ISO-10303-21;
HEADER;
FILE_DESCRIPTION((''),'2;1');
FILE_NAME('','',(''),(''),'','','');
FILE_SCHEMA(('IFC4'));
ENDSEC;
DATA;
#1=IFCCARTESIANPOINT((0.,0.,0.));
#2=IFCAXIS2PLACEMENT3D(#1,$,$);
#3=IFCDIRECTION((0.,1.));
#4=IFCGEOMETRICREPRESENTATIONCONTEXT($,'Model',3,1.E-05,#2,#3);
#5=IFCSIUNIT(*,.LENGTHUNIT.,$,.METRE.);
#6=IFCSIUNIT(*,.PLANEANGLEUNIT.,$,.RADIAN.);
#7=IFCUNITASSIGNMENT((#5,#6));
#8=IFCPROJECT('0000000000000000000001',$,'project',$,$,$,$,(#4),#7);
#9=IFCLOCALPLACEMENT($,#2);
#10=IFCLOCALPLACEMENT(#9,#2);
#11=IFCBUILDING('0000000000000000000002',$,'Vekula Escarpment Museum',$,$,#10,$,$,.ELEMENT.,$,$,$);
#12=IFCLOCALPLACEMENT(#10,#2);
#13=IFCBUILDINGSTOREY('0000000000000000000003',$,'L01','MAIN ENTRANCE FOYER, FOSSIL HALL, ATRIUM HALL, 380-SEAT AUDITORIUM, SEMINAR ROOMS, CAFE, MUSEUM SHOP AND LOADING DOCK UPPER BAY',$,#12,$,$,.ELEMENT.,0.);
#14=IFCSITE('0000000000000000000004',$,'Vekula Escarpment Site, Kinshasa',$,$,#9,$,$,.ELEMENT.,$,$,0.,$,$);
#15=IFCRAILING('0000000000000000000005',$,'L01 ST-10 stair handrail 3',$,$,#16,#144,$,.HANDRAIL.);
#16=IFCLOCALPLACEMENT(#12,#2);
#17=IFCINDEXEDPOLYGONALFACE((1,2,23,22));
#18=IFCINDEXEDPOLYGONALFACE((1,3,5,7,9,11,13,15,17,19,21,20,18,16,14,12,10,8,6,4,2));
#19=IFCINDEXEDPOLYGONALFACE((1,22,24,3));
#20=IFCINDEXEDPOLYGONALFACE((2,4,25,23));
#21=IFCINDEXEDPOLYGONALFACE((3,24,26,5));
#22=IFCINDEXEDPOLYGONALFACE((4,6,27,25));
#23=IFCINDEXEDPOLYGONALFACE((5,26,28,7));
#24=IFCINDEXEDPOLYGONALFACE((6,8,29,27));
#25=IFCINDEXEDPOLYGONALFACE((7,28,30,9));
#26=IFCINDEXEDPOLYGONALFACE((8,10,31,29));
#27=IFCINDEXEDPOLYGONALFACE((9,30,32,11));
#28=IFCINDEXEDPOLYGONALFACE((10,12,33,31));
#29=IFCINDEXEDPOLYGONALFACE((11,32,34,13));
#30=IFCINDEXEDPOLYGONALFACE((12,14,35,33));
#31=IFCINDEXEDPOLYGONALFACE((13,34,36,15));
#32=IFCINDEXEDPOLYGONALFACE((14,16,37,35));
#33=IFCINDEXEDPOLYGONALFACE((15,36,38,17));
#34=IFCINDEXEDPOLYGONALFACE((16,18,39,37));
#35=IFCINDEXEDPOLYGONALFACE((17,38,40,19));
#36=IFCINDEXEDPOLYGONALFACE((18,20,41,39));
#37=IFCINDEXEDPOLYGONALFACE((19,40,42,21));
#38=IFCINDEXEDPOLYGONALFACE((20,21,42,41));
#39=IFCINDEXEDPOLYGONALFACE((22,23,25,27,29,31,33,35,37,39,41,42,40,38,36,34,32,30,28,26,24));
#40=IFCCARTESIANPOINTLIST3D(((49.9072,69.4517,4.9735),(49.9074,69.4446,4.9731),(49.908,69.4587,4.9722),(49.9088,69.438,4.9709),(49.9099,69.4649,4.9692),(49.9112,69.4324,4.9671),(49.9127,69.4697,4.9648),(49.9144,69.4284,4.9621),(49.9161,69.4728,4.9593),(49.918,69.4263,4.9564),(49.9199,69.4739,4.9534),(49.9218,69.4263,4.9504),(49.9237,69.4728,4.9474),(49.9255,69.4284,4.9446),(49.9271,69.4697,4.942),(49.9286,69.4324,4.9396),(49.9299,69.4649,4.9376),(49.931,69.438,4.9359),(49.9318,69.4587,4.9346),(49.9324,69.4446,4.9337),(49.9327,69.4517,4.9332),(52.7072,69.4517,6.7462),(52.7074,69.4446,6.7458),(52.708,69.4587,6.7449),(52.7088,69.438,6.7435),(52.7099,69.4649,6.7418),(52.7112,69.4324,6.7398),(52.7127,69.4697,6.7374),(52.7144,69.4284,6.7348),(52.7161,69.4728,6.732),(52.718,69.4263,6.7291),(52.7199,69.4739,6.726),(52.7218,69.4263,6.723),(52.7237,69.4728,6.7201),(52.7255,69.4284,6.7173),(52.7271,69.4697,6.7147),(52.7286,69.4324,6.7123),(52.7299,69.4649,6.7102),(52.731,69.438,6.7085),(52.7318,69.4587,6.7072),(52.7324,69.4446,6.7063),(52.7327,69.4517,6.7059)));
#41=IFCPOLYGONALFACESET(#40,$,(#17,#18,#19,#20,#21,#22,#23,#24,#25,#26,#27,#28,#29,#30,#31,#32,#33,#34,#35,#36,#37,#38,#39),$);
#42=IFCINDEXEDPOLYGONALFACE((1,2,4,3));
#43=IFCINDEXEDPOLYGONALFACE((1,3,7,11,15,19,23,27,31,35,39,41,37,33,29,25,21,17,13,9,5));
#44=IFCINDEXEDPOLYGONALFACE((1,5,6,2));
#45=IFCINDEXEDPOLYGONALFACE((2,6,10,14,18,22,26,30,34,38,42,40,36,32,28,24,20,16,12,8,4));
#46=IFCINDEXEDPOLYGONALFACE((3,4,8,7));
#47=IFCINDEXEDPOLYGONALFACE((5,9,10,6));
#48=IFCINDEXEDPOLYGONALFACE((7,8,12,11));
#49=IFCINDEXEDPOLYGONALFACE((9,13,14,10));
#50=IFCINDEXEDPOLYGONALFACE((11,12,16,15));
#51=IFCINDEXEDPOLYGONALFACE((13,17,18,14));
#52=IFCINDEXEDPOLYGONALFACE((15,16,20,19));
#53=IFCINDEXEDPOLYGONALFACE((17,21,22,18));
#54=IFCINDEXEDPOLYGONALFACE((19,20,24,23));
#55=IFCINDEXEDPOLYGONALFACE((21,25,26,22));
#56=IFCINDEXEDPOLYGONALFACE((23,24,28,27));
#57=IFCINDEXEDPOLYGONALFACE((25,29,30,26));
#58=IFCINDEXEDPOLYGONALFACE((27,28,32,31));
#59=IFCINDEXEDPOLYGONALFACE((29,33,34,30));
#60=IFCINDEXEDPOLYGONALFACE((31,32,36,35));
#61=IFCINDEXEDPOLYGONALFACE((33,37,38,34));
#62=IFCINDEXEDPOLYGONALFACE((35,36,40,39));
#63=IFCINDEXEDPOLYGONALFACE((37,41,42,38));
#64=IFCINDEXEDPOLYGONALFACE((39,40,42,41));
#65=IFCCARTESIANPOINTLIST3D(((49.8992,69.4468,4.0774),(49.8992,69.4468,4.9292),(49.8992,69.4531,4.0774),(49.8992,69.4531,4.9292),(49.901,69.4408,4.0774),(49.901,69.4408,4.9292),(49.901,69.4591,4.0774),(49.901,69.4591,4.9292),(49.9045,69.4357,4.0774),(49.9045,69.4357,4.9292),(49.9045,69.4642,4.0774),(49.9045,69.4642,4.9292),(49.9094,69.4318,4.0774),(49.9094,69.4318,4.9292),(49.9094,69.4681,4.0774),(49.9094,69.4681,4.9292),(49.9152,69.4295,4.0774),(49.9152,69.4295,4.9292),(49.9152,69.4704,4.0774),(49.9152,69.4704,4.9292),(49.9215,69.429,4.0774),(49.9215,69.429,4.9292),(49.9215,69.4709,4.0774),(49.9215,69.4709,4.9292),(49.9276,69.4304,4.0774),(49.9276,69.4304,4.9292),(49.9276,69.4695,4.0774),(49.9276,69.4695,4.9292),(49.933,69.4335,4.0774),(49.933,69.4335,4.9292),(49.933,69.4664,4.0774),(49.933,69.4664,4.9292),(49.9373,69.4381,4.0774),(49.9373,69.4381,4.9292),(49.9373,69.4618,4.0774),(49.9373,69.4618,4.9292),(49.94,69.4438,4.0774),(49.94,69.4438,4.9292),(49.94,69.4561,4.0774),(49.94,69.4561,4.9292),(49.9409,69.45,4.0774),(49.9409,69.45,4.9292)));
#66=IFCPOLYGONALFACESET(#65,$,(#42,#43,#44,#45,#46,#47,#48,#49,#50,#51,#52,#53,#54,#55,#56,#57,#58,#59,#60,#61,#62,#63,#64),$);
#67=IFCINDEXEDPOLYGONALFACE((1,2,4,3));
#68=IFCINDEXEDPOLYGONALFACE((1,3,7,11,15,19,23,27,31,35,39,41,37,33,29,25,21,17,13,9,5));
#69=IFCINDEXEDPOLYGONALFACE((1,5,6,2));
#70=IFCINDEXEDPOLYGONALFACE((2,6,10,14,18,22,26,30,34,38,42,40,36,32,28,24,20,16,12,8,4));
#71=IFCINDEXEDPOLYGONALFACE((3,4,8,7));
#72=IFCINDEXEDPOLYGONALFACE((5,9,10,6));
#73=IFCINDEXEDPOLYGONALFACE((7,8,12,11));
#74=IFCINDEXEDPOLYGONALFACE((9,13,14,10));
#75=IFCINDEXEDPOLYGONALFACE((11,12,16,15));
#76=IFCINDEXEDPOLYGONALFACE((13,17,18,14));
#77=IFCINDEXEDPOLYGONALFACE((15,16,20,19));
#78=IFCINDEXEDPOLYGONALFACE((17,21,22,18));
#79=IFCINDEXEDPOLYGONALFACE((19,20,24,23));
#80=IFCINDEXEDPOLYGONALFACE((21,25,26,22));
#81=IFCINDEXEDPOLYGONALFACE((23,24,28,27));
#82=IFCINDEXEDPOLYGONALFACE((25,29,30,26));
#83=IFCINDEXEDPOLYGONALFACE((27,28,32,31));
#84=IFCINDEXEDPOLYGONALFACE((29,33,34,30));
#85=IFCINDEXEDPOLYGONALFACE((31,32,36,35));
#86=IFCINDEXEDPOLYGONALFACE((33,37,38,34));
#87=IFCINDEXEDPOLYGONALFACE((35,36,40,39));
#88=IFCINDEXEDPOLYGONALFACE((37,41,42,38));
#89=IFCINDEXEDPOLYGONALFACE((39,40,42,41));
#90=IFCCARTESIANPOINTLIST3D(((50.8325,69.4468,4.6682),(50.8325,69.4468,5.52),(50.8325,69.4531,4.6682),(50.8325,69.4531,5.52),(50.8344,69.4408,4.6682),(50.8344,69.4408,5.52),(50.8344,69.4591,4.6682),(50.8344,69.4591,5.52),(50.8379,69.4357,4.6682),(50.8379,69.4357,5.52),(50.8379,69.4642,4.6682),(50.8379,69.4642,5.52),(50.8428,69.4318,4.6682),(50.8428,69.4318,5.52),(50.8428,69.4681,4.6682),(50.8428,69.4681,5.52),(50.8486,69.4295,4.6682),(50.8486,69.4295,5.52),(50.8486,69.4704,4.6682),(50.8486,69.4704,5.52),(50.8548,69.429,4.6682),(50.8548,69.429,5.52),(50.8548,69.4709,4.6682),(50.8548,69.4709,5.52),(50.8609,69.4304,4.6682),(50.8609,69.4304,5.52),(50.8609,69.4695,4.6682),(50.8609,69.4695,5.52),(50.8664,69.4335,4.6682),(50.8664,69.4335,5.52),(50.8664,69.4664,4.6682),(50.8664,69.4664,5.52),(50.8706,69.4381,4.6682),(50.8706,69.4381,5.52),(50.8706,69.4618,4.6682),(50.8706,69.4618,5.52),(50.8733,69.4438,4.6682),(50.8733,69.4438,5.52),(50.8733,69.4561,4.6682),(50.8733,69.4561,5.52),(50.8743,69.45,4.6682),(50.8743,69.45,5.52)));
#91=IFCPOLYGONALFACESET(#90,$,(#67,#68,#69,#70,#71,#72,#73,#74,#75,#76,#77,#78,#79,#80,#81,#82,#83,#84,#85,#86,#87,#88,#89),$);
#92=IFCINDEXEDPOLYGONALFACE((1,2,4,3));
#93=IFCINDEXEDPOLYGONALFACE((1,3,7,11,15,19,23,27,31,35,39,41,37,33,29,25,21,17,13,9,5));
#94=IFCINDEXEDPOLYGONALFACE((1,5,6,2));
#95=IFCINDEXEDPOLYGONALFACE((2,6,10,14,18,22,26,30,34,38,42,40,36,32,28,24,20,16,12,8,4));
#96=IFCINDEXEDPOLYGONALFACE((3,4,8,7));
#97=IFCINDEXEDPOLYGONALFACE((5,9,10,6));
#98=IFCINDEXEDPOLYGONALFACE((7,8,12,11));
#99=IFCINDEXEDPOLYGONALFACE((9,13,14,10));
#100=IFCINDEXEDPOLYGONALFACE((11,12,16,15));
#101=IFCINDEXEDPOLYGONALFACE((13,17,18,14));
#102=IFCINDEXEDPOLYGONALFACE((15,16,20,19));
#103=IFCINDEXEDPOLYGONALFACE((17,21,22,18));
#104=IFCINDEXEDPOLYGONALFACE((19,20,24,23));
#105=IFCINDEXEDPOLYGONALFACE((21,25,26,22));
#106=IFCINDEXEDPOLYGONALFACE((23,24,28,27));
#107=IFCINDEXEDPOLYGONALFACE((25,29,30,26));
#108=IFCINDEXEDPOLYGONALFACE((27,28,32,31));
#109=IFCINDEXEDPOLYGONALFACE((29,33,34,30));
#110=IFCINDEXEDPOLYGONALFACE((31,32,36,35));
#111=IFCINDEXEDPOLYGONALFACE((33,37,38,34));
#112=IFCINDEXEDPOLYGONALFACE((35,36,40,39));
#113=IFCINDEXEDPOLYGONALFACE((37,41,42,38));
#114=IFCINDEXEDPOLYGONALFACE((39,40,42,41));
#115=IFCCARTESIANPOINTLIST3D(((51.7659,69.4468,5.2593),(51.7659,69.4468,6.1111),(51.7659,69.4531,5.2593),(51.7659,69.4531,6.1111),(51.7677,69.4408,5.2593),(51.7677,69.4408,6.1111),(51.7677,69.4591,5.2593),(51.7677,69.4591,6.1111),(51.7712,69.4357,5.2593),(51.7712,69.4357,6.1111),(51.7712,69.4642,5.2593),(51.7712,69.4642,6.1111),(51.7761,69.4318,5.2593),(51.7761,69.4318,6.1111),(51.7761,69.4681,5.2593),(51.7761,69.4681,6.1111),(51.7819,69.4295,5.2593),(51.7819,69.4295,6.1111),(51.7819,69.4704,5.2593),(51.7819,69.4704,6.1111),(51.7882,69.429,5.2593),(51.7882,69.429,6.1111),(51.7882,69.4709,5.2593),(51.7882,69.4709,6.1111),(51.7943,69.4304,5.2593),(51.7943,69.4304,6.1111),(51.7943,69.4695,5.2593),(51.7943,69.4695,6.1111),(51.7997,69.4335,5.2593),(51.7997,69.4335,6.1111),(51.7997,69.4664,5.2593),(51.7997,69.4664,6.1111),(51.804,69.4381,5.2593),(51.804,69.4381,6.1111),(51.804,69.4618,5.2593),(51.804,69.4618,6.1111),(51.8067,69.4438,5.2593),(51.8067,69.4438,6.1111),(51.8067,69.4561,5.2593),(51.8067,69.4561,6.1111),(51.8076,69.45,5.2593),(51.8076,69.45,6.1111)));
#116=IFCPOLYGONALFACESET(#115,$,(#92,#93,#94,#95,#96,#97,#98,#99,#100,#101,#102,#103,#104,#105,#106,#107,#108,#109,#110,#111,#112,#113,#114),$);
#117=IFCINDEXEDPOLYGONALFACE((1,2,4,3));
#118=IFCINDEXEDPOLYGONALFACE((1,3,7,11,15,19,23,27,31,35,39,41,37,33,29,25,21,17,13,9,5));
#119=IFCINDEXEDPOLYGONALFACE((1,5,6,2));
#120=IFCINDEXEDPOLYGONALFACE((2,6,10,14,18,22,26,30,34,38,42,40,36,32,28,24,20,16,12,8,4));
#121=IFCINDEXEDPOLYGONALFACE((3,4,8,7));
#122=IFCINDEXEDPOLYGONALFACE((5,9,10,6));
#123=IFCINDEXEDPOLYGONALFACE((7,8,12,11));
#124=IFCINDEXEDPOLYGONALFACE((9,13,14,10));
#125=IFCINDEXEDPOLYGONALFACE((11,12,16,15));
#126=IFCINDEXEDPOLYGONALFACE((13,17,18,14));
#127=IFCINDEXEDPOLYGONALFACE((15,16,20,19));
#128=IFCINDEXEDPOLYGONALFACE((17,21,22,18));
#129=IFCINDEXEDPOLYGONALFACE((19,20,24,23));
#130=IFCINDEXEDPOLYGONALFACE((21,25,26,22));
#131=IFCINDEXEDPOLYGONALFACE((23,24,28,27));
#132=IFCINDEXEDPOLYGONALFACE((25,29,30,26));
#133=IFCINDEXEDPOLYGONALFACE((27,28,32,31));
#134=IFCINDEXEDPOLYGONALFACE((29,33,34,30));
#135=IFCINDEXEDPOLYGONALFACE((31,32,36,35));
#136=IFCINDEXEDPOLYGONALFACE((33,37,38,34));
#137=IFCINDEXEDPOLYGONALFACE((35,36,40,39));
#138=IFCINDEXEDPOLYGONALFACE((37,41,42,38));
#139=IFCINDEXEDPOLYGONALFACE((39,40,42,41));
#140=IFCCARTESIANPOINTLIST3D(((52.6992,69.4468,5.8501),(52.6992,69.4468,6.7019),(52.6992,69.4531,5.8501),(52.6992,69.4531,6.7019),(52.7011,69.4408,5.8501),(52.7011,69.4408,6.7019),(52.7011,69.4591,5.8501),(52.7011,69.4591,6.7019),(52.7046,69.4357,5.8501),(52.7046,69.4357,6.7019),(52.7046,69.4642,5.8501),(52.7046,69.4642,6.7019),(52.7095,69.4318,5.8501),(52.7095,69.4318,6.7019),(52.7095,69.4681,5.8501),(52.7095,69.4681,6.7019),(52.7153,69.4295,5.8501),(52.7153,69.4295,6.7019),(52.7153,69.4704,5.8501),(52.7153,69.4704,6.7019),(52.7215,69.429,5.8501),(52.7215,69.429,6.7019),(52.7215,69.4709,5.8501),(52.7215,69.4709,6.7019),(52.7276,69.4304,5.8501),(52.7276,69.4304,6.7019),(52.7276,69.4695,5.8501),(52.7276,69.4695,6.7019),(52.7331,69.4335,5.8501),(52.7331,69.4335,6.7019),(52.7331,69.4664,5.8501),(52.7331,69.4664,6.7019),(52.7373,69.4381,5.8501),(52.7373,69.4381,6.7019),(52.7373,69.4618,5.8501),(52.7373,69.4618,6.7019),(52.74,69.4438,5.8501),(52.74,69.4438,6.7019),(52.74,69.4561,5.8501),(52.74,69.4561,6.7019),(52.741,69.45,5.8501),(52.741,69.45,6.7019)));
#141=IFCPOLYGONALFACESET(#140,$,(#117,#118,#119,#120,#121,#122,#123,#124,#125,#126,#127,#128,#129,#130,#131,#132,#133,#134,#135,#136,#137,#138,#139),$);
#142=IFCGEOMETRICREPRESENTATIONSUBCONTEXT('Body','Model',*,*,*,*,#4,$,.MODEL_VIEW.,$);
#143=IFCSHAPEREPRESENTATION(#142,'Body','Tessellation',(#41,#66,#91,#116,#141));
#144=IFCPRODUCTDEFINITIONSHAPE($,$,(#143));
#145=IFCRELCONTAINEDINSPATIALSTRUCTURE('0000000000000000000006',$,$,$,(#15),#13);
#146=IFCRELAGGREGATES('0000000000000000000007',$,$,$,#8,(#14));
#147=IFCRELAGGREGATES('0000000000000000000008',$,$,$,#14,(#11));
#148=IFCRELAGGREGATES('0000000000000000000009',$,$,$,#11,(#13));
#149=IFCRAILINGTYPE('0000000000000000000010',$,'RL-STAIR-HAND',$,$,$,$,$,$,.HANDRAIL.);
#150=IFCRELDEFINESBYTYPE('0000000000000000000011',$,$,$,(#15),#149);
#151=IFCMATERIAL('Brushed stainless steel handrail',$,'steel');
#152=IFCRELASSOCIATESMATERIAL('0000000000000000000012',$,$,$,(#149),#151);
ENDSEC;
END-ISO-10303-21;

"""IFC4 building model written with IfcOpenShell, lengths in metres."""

from ifc_helpers import new_model, si_unit, direction, frame, origin, origin_2d, place, context, subcontext, project, spatial, circle, extrude, material, type_object, element, save


model = new_model("IFC4")

# Units and contexts
model_context = context("Model", 3, precision=1e-05, world=origin(), true_north=direction((0.0, 1.0)))
body_context = subcontext(model_context, "Body", "Model", "MODEL_VIEW")
ifc_project = project(units=[si_unit("LENGTHUNIT", "METRE"), si_unit("PLANEANGLEUNIT", "RADIAN")], contexts=[model_context])

# Site, building, storey
site_placement = place(None, origin())
site = spatial("IfcSite", under=ifc_project, at=site_placement, Name="Vekula Escarpment Site, Kinshasa", CompositionType="ELEMENT", RefElevation=0.0)
building_placement = place(site_placement, origin())
building = spatial("IfcBuilding", under=site, at=building_placement, Name="Vekula Escarpment Museum", CompositionType="ELEMENT")
storey_placement = place(building_placement, origin())
storey = spatial("IfcBuildingStorey", under=building, at=storey_placement, Name="L01", Description="MAIN ENTRANCE FOYER, FOSSIL HALL, ATRIUM HALL, 380-SEAT AUDITORIUM, SEMINAR ROOMS, CAFE, MUSEUM SHOP AND LOADING DOCK UPPER BAY", CompositionType="ELEMENT", Elevation=0.0)

# Railing
ifc_material_1 = material(Name="Brushed stainless steel handrail", Category="steel")
railing_type_1 = type_object("IfcRailingType", Name="RL-STAIR-HAND", PredefinedType="HANDRAIL", material=ifc_material_1)
for number, where, name in (
    (1, (49.9199, 69.45, 4.0774), "L01 ST-10 stair handrail 3"),
):
    element("IfcRailing", number, at=place(storey_placement, frame(where)), inside=storey, type_object=railing_type_1, Name=name, PredefinedType="HANDRAIL", context=body_context, shape_type="SweptSolid", body=[
        extrude(circle(Radius=0.0239, at=origin_2d()), frame((0.0, 0.0, 0.876), z_axis=(0.844909, 0.0, 0.53491), x_axis=(0.0, 1.0, 0.0)), (0.0, 0.0, 1.0), 3.314),
        extrude(circle(Radius=0.021, at=origin_2d()), origin(), (0.0, 0.0, 1.0), 0.8518),
        extrude(circle(Radius=0.021, at=origin_2d()), frame((0.9333, 0.0, 0.5908)), (0.0, 0.0, 1.0), 0.8518),
        extrude(circle(Radius=0.021, at=origin_2d()), frame((1.8667, 0.0, 1.1819)), (0.0, 0.0, 1.0), 0.8518),
        extrude(circle(Radius=0.021, at=origin_2d()), frame((2.8, 0.0, 1.7727)), (0.0, 0.0, 1.0), 0.8518),
    ])

save(model, "model.ifc")
